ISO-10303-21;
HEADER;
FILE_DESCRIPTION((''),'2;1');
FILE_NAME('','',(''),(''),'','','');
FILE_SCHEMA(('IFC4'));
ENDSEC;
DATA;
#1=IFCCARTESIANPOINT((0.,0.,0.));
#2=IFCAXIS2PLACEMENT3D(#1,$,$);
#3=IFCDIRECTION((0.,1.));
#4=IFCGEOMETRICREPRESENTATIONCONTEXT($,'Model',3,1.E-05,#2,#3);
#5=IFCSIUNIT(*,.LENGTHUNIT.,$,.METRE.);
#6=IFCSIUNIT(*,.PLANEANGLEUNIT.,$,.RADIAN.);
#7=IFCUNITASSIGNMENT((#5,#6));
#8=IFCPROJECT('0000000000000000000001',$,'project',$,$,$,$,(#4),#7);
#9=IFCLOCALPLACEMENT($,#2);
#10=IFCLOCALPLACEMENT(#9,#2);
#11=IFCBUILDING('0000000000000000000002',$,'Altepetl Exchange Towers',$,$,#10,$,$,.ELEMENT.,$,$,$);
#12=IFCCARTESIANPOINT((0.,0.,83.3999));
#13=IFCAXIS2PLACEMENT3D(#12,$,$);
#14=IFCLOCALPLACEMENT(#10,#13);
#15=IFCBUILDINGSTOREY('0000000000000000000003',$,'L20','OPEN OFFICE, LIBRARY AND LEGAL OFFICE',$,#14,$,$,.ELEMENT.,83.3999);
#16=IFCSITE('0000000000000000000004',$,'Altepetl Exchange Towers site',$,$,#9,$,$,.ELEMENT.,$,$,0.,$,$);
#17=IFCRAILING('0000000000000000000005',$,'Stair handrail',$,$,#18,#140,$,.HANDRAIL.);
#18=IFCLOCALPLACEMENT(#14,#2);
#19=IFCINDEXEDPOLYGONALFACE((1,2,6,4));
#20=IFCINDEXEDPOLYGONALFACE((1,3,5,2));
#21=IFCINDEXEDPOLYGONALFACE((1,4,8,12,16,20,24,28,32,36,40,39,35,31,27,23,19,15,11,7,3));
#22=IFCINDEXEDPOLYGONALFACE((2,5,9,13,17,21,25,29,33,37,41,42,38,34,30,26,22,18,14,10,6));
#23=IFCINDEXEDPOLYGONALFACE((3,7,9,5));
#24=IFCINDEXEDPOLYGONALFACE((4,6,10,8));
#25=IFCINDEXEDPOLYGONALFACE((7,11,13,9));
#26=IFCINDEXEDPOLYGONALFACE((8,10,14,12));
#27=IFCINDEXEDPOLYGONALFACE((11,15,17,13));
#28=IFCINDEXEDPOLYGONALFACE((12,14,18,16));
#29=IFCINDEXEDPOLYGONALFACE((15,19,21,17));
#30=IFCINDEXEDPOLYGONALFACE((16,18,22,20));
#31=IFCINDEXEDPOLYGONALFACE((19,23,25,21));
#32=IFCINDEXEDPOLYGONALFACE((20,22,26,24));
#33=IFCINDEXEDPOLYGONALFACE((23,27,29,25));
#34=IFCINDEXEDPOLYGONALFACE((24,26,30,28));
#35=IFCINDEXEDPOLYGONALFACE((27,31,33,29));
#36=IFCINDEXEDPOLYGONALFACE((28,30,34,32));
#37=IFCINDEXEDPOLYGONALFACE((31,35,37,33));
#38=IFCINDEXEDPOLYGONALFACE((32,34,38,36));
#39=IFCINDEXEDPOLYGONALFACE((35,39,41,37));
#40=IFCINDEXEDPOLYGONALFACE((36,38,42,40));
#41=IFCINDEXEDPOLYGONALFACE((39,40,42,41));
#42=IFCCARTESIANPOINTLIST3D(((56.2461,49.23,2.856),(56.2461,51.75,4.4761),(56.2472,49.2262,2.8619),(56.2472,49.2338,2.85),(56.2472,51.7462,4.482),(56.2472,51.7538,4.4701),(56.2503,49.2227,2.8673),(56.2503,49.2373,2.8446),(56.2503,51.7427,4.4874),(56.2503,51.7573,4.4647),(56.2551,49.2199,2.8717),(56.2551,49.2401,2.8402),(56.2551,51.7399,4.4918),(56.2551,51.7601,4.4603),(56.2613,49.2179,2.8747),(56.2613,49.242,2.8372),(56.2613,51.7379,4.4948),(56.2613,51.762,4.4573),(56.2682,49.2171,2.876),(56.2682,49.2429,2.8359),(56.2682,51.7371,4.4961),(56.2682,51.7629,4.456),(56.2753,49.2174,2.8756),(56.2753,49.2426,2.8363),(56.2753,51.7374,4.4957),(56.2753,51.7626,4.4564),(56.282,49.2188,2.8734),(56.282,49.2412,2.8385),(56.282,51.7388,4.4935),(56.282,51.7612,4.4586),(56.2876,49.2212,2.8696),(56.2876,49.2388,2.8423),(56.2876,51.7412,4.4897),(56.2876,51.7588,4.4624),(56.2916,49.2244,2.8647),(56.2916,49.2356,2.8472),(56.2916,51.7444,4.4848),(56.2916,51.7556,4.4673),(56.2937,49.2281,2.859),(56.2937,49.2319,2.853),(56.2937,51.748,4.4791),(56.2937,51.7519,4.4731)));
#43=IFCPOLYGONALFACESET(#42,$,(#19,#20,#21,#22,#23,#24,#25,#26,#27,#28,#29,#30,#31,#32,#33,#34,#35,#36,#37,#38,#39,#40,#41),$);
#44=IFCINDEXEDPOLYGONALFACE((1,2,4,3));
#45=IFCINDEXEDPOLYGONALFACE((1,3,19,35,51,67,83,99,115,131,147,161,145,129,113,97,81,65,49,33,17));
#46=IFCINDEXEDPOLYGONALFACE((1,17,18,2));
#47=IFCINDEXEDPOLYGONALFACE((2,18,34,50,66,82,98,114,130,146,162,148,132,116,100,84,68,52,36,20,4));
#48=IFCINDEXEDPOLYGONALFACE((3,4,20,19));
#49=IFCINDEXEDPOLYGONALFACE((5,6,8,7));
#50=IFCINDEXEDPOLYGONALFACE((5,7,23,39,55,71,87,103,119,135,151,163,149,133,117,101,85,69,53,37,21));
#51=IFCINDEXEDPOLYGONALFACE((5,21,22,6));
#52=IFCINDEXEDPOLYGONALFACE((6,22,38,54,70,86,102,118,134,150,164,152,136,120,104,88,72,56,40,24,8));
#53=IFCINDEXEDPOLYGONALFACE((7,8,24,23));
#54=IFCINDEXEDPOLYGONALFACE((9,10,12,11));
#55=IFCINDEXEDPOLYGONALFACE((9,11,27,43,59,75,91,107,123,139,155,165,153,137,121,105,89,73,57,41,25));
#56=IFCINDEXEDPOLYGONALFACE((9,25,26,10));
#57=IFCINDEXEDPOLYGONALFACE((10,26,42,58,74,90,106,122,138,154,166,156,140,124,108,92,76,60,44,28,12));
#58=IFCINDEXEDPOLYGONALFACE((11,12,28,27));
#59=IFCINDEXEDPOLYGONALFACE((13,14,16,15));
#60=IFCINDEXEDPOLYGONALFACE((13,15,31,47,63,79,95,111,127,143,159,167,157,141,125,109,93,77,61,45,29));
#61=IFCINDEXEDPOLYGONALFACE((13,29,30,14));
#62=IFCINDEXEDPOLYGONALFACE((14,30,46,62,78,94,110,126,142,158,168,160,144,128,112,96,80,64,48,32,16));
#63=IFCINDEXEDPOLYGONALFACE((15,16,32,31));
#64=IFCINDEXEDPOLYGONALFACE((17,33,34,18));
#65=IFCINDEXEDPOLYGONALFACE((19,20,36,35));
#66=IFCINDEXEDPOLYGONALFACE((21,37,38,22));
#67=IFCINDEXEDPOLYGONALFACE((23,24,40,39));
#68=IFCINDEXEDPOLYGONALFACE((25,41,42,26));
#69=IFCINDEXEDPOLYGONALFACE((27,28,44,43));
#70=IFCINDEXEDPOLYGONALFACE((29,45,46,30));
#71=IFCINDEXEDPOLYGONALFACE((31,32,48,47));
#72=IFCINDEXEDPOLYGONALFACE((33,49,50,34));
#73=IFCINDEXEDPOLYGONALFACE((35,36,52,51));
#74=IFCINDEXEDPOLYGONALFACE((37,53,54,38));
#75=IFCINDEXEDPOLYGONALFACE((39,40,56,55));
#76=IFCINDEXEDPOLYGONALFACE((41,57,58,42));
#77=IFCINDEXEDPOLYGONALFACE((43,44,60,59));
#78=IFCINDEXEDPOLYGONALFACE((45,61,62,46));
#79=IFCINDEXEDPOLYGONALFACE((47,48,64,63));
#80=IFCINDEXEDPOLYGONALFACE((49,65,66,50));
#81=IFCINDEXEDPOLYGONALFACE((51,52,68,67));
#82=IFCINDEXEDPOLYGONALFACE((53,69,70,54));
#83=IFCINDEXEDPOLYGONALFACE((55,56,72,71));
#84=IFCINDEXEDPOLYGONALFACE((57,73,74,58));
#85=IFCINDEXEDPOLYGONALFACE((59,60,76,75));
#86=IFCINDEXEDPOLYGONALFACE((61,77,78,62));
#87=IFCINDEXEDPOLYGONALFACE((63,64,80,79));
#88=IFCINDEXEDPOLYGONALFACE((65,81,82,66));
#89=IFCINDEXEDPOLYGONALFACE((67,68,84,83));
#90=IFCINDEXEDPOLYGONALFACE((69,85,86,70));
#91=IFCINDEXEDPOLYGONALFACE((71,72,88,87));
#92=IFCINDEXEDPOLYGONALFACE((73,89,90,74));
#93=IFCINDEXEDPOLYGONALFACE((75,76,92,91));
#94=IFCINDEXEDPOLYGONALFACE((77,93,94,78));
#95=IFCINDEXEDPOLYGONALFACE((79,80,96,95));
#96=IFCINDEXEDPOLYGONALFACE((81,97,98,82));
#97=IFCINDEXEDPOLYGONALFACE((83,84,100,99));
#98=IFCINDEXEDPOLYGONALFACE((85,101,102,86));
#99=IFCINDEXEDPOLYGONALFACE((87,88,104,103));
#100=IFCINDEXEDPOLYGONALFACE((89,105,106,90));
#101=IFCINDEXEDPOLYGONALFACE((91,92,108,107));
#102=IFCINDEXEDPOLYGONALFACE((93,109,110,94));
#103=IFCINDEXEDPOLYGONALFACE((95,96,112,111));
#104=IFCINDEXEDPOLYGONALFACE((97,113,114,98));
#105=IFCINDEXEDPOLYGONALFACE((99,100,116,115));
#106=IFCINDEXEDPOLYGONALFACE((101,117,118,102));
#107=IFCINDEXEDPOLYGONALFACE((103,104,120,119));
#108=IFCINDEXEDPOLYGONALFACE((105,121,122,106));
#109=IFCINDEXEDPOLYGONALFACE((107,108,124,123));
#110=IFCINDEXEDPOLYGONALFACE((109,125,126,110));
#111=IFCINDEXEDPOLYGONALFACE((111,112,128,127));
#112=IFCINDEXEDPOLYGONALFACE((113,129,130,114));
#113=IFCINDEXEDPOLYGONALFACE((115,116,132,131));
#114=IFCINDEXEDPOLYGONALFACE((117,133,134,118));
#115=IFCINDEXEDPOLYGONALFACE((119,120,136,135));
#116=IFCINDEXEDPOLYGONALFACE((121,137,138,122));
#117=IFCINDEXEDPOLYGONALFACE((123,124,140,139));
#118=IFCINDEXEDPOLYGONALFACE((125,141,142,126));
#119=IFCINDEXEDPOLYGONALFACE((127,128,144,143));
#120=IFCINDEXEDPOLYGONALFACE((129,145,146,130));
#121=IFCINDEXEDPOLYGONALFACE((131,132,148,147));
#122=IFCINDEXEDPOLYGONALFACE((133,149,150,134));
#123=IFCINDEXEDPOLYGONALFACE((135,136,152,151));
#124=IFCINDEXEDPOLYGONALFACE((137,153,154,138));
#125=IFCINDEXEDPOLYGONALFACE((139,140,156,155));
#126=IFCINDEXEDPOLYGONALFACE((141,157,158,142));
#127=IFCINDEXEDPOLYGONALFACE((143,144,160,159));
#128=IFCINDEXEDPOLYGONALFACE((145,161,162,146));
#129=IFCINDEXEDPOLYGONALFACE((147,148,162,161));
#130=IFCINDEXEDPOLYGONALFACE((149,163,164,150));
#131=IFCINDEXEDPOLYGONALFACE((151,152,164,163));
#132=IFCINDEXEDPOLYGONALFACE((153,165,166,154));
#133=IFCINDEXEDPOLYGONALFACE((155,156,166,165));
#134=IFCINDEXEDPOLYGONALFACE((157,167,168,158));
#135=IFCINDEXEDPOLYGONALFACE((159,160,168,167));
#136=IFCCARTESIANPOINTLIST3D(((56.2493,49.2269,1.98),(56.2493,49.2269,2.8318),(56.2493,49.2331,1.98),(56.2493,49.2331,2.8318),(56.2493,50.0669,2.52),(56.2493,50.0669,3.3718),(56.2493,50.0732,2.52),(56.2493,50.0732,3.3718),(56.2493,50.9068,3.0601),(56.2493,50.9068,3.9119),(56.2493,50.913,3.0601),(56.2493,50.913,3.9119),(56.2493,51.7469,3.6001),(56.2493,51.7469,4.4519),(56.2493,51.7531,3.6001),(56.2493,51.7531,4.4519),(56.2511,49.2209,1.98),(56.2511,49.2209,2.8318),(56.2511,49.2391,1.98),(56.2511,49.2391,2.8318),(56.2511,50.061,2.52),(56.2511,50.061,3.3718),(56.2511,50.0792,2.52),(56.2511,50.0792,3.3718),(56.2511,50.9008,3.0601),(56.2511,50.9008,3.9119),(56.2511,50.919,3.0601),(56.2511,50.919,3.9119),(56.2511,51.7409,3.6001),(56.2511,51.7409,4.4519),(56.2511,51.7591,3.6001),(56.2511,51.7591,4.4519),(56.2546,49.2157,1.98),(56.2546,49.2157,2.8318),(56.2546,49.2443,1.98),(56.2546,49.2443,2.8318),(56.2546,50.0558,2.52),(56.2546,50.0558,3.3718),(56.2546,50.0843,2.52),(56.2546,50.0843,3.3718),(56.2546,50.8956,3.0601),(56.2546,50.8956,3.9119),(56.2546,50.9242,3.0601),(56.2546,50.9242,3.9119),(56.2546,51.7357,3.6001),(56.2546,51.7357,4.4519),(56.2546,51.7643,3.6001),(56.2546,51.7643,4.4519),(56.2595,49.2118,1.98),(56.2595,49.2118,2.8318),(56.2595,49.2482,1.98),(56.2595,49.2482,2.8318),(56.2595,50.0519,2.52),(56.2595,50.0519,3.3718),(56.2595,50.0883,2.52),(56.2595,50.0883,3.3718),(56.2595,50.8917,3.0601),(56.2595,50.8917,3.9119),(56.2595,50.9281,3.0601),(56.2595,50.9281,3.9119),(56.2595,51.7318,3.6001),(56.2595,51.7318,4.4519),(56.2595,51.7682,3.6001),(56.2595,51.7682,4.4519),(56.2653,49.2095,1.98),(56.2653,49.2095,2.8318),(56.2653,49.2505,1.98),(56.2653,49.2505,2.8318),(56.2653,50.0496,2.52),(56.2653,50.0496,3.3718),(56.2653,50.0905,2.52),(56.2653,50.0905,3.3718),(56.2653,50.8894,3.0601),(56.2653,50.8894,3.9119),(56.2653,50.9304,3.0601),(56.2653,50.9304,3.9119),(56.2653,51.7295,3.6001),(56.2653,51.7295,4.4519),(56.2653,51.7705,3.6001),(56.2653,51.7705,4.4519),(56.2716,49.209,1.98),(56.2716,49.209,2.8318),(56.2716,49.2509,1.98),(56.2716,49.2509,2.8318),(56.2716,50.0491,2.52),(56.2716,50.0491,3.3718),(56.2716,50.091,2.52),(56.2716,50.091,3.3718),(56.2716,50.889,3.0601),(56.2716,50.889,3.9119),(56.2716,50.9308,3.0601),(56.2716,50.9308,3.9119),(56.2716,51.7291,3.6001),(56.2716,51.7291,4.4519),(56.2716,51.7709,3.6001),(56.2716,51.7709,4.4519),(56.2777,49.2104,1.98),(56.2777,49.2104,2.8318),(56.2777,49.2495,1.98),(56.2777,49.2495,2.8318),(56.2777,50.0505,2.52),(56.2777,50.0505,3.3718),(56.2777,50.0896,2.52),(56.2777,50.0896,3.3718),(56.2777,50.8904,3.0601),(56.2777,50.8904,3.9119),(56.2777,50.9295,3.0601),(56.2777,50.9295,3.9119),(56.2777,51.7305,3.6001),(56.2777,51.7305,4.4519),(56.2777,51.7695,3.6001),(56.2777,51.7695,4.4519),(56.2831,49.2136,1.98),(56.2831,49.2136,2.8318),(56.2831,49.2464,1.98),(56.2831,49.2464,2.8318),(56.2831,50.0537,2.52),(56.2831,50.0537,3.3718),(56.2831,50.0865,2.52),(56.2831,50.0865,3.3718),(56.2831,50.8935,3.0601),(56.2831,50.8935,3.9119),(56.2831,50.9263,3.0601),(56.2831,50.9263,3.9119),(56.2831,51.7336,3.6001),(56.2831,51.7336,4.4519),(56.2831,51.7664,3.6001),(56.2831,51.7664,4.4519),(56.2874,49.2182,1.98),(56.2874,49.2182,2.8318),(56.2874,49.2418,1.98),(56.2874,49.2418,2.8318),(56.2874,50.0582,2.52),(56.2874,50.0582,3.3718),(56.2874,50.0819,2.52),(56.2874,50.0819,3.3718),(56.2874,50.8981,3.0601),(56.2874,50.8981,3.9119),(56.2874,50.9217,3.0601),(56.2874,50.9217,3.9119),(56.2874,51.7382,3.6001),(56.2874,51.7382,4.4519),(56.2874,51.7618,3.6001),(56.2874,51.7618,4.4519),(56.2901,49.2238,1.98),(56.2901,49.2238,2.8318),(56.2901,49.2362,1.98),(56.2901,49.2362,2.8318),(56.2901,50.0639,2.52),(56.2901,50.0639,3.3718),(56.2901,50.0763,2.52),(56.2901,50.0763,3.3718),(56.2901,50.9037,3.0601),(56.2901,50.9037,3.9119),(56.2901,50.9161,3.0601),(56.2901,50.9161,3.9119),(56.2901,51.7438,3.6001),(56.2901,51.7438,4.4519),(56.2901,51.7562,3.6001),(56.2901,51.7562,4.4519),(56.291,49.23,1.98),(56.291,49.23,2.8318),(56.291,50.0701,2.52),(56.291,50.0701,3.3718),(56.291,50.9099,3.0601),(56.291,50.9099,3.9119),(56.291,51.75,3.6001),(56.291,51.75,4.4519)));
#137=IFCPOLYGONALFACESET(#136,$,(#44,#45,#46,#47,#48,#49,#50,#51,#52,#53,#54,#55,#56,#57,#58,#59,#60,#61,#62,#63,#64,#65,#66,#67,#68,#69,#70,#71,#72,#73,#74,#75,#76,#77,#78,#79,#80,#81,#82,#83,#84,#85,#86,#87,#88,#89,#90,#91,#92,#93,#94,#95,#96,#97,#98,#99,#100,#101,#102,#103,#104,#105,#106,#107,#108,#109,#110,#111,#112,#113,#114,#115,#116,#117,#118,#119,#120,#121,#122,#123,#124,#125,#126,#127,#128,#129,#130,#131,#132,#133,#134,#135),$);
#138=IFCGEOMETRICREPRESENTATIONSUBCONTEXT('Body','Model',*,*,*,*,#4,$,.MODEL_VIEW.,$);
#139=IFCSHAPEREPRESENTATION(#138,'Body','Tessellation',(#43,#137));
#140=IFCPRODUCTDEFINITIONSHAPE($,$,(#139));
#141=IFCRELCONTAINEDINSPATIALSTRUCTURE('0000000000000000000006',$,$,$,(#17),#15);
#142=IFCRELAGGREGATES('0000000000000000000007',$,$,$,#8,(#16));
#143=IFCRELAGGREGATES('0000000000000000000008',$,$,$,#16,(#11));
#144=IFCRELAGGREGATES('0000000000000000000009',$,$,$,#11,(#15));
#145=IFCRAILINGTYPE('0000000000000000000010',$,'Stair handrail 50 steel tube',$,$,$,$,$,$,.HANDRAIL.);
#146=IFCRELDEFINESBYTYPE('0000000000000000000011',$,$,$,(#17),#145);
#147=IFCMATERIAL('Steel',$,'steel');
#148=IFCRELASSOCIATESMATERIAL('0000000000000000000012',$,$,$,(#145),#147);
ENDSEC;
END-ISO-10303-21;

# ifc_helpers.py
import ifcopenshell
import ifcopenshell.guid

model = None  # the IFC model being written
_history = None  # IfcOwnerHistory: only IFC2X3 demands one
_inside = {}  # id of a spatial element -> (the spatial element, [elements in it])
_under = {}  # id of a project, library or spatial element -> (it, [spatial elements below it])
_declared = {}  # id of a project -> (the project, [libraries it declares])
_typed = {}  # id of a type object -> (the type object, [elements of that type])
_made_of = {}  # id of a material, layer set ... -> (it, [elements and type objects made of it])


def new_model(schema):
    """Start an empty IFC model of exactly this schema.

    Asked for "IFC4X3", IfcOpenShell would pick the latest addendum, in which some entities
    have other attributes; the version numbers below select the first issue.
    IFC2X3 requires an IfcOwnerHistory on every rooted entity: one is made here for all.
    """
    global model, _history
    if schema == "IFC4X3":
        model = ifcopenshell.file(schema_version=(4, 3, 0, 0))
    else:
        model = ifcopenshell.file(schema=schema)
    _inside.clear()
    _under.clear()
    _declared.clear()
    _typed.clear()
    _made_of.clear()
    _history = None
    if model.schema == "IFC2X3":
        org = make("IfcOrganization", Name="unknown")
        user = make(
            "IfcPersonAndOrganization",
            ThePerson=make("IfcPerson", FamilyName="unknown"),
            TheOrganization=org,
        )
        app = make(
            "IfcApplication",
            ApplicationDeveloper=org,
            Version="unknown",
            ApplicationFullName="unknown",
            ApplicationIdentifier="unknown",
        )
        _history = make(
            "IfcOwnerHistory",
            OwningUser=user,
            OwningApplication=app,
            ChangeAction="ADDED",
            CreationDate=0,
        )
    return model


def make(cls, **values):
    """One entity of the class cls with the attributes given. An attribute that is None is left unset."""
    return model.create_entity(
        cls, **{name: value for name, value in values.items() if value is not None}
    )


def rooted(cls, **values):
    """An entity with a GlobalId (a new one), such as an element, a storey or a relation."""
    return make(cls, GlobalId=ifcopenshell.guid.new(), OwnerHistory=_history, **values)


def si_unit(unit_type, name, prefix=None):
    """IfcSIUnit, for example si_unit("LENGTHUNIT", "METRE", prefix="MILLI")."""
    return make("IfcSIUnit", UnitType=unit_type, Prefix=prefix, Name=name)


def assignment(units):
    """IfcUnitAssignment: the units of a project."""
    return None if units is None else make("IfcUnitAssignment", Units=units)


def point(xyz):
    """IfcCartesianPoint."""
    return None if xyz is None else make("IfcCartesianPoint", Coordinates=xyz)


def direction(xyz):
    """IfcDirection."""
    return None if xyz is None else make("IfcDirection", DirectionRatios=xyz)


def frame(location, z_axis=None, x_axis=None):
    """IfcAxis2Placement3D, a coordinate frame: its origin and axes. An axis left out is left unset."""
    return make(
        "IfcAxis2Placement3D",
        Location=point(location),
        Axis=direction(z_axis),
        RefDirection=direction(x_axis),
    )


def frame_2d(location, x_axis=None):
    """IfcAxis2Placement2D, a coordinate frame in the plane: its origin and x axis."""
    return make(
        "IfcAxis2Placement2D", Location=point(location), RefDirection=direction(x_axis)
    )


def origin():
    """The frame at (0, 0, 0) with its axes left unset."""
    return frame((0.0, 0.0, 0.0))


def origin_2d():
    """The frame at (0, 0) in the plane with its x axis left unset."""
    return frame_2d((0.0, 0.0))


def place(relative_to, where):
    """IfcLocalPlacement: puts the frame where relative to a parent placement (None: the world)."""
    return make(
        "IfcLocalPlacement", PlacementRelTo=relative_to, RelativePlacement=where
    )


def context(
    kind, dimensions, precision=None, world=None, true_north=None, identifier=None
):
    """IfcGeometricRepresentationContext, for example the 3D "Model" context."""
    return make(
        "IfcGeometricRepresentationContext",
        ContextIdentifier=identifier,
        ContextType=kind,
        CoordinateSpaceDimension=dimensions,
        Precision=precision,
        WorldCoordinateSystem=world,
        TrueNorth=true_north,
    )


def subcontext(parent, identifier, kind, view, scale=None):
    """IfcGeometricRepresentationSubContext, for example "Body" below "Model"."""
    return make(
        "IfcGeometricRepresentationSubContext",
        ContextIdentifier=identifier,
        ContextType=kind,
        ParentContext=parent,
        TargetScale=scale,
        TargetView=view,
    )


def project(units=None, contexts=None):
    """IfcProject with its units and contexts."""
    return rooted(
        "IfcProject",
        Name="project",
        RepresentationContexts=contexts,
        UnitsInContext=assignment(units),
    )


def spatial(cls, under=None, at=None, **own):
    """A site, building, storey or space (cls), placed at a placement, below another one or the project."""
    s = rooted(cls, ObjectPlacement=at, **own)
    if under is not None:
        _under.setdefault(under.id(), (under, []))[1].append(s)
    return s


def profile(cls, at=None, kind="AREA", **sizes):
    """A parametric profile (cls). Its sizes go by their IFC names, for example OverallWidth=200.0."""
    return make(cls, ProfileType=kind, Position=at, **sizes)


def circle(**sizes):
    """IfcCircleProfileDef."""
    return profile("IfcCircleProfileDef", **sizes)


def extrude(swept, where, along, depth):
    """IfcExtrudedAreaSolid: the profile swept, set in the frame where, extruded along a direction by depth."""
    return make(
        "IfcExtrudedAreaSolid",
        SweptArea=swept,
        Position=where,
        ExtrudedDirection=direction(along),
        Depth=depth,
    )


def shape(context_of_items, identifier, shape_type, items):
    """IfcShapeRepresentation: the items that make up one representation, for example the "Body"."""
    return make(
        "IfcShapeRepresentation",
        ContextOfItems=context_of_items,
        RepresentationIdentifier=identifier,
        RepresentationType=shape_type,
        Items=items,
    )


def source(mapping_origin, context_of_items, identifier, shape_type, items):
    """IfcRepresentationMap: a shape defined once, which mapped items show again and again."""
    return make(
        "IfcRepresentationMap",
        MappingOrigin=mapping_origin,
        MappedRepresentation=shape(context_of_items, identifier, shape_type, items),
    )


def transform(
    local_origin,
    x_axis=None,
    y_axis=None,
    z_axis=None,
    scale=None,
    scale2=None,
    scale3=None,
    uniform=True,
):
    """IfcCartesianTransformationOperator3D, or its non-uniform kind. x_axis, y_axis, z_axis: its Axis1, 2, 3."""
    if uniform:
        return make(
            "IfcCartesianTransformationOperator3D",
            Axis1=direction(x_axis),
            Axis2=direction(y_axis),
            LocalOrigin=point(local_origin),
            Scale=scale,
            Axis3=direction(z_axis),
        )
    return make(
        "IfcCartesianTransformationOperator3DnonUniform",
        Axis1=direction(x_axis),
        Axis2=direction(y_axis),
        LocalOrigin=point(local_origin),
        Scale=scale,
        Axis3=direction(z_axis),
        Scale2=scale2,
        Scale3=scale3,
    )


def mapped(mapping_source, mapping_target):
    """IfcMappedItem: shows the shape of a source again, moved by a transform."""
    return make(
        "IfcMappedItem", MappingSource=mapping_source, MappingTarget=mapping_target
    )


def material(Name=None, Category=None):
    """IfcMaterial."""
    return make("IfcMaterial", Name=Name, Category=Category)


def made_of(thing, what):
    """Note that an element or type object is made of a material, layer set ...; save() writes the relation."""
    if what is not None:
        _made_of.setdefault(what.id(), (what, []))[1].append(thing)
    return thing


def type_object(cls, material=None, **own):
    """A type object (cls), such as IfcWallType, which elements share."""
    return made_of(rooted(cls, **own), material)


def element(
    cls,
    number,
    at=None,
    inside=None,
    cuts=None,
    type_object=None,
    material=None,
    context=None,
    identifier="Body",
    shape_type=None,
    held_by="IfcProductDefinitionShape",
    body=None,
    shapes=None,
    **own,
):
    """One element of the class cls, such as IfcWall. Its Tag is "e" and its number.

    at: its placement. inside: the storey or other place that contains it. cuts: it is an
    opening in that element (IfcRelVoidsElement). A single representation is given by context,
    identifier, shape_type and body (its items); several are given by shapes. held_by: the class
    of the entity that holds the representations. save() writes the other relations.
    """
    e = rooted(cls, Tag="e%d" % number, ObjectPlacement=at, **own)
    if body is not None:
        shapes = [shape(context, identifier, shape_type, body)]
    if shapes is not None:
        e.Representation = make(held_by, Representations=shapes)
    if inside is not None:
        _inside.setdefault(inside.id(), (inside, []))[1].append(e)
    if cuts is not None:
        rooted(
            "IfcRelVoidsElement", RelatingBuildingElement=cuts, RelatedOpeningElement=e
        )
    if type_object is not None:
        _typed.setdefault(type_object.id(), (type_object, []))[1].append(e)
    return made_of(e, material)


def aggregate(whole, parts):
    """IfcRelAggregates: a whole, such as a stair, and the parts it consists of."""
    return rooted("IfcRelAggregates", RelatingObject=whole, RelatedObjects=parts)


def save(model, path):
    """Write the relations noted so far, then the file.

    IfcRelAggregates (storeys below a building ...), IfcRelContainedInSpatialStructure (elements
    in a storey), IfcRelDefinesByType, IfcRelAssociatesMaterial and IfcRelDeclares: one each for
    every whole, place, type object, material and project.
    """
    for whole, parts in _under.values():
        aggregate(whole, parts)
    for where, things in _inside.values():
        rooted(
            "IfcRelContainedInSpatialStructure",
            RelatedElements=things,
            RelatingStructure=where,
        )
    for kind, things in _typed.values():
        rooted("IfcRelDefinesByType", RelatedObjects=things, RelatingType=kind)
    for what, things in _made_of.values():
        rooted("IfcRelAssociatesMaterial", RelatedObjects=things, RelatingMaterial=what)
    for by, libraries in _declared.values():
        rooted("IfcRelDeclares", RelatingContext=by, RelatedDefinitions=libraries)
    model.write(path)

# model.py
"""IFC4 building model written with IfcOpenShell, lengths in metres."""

from ifc_helpers import new_model, si_unit, direction, frame, origin, origin_2d, place, context, subcontext, project, spatial, circle, extrude, source, transform, mapped, material, type_object, element, save


model = new_model("IFC4")

# Units and contexts
model_context = context("Model", 3, precision=1e-05, world=origin(), true_north=direction((0.0, 1.0)))
body_context = subcontext(model_context, "Body", "Model", "MODEL_VIEW")
ifc_project = project(units=[si_unit("LENGTHUNIT", "METRE"), si_unit("PLANEANGLEUNIT", "RADIAN")], contexts=[model_context])

# Site, building, storey
site_placement = place(None, origin())
site = spatial("IfcSite", under=ifc_project, at=site_placement, Name="Altepetl Exchange Towers site", CompositionType="ELEMENT", RefElevation=0.0)
building_placement = place(site_placement, origin())
building = spatial("IfcBuilding", under=site, at=building_placement, Name="Altepetl Exchange Towers", CompositionType="ELEMENT")
storey_placement = place(building_placement, frame((0.0, 0.0, 83.3999)))
storey = spatial("IfcBuildingStorey", under=building, at=storey_placement, Name="L20", Description="OPEN OFFICE, LIBRARY AND LEGAL OFFICE", CompositionType="ELEMENT", Elevation=83.3999)

# Railing
ifc_material_1 = material(Name="Steel", Category="steel")
railing_type = type_object("IfcRailingType", Name="Stair handrail 50 steel tube", PredefinedType="HANDRAIL", material=ifc_material_1)
shared_shape = source(origin(), body_context, "Body", "SweptSolid", [
    extrude(circle(Radius=0.021, at=origin_2d()), origin(), (0.0, 0.0, 1.0), 0.8518),
])
railing_1_placement = place(storey_placement, frame((56.27, 49.23, 1.98)))
element("IfcRailing", 1, at=railing_1_placement, inside=storey, type_object=railing_type, Name="Stair handrail", PredefinedType="HANDRAIL", context=body_context, shape_type="SweptSolid", body=[
    extrude(circle(Radius=0.0239, at=origin_2d()), frame((0.0, 0.0, 0.876), z_axis=(0.0, 0.841163, 0.540782), x_axis=(-1.0, 0.0, 0.0)), (0.0, 0.0, 1.0), 2.9958),
    mapped(shared_shape, transform((0.0, 0.0, 0.0))),
    mapped(shared_shape, transform((0.0, 0.8401, 0.54))),
    mapped(shared_shape, transform((0.0, 1.6799, 1.0801))),
    mapped(shared_shape, transform((0.0, 2.52, 1.6201))),
])

save(model, "model.ifc")
